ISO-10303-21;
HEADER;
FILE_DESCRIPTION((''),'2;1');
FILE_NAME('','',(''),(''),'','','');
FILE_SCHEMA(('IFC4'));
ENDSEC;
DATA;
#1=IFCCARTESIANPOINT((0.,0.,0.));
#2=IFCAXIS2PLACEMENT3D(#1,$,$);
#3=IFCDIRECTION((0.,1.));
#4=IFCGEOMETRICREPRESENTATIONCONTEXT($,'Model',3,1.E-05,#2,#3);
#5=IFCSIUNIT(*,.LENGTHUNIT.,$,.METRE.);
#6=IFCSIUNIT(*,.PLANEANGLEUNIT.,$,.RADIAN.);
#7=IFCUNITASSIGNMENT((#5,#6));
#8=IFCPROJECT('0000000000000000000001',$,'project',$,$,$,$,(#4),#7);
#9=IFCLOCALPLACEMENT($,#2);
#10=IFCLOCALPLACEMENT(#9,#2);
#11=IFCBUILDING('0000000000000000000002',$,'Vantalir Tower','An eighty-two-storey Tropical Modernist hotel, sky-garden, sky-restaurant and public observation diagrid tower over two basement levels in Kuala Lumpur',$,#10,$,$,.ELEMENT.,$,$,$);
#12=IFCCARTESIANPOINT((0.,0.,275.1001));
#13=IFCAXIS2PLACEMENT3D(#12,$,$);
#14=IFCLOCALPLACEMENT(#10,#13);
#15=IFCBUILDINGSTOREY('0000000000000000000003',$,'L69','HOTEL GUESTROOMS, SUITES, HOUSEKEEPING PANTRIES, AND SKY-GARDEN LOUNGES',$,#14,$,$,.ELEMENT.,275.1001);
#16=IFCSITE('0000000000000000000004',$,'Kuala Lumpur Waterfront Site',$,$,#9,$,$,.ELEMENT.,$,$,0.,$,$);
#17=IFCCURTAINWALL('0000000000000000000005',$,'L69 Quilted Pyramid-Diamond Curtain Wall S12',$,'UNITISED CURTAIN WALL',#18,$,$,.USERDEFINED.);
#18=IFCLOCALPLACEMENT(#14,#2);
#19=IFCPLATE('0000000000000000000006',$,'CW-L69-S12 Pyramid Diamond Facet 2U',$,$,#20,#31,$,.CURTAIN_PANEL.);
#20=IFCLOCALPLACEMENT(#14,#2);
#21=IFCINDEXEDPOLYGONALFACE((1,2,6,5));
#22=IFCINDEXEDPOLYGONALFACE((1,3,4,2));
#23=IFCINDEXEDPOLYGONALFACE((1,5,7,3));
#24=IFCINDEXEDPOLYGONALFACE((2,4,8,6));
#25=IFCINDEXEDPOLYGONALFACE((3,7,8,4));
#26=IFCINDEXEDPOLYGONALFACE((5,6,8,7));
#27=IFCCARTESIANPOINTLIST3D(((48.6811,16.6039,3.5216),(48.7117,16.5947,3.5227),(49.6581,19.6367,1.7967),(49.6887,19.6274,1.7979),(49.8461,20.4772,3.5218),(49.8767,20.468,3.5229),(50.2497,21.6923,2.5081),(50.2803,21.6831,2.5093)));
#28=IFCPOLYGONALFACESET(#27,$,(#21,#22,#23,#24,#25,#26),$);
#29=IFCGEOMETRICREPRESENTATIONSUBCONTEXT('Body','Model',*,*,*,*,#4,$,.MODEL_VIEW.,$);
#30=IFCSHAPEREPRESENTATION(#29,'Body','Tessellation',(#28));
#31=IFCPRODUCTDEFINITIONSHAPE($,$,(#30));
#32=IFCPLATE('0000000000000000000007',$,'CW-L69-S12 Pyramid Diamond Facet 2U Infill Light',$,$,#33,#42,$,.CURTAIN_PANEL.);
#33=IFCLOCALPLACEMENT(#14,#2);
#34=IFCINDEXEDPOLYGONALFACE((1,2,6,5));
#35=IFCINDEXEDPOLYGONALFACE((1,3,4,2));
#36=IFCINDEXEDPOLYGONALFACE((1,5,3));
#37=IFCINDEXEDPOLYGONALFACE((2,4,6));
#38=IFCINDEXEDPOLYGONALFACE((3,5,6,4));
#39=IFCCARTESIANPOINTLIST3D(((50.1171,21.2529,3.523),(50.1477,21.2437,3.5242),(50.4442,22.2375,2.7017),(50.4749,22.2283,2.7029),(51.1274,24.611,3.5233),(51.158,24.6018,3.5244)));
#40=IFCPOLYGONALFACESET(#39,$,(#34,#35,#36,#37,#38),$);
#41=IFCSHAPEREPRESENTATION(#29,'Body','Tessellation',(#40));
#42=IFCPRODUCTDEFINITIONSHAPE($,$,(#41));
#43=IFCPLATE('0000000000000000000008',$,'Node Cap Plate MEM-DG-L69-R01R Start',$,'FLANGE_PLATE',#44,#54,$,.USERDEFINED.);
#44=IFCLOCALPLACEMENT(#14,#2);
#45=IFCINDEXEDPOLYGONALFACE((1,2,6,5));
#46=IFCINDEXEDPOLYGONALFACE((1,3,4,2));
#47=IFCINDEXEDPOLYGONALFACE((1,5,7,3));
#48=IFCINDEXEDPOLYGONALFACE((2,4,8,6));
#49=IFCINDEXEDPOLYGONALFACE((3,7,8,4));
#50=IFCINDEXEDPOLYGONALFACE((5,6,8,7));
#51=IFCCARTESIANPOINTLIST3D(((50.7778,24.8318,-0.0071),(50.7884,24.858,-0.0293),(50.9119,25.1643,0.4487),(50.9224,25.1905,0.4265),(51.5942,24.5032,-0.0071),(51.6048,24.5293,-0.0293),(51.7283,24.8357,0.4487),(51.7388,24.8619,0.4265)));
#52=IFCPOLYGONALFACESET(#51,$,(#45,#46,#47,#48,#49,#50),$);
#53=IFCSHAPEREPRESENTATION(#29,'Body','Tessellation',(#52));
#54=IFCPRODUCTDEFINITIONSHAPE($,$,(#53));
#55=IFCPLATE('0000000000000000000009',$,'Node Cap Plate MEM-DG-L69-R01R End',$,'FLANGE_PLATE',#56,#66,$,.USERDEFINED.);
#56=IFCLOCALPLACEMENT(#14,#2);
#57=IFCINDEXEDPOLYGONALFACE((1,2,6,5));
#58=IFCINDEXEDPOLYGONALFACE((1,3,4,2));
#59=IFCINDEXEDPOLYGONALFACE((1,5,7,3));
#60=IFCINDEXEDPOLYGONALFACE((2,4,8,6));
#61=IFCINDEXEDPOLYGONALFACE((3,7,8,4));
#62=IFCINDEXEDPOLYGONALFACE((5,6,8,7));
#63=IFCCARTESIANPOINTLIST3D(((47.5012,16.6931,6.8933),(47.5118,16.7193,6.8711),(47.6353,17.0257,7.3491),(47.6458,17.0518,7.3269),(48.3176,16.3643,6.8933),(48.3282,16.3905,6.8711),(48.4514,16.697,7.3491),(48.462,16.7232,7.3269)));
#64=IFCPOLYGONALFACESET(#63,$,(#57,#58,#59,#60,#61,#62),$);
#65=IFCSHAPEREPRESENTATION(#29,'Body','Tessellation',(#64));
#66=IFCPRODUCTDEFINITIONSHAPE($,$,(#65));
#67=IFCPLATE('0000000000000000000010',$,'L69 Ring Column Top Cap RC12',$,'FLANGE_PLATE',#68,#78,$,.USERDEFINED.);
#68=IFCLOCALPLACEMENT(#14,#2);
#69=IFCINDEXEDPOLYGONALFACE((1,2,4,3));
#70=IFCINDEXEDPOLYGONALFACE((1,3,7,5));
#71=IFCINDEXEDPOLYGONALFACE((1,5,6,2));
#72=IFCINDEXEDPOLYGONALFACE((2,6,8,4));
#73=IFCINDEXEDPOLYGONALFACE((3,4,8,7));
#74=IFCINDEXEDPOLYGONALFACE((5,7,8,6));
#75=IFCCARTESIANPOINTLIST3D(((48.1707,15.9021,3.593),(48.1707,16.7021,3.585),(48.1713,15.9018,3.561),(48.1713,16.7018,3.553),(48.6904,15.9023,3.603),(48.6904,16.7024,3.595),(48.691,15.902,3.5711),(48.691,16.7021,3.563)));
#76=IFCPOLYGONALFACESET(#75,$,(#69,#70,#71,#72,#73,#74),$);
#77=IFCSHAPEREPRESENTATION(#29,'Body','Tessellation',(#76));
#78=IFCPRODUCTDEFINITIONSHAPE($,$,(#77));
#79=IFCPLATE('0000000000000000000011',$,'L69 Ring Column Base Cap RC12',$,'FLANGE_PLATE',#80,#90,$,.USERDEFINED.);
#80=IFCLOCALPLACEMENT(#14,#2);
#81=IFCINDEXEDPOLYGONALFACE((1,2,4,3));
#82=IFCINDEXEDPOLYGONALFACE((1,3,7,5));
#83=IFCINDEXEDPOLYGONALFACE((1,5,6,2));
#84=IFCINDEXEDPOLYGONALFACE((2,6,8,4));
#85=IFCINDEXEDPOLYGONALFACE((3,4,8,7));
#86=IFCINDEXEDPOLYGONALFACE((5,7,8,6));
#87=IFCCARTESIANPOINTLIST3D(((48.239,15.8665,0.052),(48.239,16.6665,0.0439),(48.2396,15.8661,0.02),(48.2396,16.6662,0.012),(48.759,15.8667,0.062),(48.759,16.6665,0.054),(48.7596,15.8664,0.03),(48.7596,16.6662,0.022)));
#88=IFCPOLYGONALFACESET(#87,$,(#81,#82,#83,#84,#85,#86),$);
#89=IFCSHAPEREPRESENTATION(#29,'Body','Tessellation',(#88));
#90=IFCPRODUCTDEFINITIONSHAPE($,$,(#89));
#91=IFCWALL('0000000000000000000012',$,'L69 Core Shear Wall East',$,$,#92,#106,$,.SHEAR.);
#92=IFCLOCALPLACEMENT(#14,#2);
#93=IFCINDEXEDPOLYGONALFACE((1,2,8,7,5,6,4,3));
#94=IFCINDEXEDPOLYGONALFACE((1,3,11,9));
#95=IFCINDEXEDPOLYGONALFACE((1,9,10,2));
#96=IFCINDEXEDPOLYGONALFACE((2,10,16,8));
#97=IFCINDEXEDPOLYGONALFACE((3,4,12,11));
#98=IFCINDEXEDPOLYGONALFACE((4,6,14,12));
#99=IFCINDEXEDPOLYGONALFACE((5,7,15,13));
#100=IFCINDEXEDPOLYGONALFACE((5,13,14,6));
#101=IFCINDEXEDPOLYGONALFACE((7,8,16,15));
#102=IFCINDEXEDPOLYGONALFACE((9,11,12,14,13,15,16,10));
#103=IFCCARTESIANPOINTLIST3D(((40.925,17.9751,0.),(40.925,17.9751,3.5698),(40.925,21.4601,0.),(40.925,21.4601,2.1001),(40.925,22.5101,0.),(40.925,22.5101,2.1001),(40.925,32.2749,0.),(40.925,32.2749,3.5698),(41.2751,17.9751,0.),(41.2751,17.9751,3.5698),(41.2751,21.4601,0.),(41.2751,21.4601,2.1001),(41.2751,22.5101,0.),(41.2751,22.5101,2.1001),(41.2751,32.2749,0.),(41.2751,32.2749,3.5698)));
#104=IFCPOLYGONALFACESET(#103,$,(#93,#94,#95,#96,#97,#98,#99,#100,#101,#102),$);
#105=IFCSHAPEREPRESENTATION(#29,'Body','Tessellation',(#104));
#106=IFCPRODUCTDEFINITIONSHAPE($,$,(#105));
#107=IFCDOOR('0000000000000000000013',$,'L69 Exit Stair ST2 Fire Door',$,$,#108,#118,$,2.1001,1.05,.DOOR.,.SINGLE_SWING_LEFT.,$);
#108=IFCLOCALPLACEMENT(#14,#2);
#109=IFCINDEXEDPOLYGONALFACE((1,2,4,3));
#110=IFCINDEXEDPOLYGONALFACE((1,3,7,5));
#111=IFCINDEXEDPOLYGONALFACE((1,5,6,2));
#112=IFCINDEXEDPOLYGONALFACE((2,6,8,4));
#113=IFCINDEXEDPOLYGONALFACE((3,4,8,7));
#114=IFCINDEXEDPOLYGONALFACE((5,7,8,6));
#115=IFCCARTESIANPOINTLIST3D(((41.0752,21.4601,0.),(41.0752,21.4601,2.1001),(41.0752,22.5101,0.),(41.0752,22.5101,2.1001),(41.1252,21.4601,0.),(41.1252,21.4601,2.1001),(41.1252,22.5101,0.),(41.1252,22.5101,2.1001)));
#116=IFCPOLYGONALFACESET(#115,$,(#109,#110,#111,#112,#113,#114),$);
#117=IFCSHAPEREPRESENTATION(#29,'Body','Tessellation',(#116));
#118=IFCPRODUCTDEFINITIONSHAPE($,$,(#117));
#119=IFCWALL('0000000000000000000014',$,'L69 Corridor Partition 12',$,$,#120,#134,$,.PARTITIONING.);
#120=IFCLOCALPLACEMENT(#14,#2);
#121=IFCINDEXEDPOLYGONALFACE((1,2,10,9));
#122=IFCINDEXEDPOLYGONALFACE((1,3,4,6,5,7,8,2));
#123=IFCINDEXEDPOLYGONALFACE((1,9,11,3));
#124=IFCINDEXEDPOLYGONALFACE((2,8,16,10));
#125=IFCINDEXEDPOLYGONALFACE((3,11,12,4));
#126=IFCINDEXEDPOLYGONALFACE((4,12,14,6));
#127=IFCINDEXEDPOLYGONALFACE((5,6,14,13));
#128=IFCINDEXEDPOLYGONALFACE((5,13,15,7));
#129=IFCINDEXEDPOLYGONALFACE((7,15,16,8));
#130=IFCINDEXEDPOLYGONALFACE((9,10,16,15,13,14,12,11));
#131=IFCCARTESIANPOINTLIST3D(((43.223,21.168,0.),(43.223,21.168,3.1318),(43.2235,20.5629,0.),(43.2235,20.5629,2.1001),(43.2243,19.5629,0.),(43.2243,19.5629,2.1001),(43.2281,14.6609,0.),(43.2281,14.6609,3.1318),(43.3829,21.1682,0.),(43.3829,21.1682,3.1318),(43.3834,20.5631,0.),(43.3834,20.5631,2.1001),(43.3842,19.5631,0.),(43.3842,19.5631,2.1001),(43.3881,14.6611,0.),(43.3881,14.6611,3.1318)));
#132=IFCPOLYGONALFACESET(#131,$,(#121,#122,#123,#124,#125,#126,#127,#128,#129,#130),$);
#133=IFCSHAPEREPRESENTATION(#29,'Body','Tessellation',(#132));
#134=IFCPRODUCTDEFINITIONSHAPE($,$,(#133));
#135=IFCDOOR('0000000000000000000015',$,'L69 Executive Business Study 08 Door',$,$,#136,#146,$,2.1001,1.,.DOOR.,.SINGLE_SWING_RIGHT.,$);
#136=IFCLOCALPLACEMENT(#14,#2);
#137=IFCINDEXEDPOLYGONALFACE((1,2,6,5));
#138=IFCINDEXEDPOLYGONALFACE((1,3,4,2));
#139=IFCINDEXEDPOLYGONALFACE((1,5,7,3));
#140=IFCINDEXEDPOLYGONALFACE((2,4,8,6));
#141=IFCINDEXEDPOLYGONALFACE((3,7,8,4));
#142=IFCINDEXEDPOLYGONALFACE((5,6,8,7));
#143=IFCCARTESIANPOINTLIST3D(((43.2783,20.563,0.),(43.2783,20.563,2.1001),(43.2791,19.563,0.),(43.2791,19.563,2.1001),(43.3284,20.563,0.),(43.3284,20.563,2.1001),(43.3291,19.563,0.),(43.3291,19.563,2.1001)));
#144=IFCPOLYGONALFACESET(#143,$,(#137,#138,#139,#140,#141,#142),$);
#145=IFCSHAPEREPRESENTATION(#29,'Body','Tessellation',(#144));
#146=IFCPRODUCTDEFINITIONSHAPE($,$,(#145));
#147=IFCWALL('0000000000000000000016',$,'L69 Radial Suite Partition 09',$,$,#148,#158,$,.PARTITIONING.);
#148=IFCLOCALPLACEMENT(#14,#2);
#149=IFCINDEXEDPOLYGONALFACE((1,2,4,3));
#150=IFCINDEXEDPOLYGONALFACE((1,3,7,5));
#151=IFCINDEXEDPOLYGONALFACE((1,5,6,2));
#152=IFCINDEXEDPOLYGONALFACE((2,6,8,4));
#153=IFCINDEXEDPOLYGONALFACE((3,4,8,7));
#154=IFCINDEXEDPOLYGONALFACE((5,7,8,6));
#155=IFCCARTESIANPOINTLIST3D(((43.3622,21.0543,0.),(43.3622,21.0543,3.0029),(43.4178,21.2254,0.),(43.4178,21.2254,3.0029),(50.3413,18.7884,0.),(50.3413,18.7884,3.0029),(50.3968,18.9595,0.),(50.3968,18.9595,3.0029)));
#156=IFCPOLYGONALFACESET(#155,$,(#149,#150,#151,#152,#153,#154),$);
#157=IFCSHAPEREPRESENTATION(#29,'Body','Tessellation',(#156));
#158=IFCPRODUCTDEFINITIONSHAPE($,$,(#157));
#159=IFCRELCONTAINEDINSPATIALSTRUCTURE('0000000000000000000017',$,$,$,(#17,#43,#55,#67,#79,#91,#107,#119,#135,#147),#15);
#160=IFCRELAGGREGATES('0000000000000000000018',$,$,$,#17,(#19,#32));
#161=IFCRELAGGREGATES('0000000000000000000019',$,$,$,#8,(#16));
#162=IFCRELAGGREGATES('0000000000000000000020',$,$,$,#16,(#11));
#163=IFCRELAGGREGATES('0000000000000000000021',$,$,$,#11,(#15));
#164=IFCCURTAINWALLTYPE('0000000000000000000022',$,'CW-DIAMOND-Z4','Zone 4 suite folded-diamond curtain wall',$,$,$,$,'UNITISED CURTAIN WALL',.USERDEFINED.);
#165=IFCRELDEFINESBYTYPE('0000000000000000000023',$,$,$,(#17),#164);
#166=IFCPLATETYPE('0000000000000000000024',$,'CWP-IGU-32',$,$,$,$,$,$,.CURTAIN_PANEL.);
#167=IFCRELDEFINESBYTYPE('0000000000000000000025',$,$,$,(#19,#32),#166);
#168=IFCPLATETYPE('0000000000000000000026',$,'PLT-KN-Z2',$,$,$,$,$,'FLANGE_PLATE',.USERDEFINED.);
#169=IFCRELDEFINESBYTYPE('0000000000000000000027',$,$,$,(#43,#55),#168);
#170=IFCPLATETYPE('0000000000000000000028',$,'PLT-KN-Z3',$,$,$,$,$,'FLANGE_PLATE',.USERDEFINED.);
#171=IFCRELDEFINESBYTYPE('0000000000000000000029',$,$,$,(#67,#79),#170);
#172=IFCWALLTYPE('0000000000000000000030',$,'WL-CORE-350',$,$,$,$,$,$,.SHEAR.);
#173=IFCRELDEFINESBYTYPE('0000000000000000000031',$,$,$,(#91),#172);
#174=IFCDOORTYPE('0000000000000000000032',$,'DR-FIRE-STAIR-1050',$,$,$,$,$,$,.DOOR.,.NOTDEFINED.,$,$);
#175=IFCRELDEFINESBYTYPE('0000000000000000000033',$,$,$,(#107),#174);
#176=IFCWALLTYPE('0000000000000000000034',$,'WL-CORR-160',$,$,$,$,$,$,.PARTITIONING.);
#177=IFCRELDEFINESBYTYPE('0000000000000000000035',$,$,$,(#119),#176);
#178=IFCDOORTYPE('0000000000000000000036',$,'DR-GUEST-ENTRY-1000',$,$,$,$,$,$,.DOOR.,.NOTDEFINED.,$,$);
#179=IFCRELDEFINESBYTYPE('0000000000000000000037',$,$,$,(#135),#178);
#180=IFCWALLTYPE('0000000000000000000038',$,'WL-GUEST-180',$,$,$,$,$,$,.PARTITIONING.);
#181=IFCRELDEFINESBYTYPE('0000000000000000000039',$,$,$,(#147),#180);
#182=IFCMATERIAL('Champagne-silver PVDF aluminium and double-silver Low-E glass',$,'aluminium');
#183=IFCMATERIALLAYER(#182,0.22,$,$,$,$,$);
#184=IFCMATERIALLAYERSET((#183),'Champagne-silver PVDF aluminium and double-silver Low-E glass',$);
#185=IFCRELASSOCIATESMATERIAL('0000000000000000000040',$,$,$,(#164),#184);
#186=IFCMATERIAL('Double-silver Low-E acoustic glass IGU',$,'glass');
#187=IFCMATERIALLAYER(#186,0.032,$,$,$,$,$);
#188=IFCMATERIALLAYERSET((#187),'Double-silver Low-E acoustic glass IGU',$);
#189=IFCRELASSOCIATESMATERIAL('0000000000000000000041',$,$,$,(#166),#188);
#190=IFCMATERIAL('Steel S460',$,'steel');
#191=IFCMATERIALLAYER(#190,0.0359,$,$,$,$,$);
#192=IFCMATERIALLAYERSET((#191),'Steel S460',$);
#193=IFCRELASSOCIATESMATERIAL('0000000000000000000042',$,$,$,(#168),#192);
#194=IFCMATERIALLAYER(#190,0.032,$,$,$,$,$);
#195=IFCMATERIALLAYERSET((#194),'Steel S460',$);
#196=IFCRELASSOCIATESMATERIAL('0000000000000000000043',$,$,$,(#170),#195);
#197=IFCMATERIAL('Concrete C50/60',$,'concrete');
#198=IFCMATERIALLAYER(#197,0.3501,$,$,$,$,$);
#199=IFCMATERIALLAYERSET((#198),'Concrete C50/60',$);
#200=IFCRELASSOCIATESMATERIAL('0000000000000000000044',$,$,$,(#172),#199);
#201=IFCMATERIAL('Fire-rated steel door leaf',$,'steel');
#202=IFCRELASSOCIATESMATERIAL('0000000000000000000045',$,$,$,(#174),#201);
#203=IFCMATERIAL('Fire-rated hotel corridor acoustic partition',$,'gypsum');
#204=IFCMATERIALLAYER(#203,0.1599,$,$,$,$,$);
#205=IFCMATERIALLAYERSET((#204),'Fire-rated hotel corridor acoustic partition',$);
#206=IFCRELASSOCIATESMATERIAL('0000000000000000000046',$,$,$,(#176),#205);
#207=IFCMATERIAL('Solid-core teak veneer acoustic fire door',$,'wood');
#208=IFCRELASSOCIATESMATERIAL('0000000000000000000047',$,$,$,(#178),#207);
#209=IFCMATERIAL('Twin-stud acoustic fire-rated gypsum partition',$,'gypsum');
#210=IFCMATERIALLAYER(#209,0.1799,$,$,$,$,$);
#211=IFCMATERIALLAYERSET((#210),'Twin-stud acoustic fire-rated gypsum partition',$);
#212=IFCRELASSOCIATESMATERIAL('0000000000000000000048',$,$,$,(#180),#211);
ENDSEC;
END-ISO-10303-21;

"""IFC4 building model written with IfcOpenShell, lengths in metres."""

from ifc_helpers import new_model, si_unit, direction, frame, frame_2d, origin, place, context, subcontext, project, spatial, polyline, rectangle, outline, extrude, material, layer, layer_set, type_object, element, fill, aggregate, save


model = new_model("IFC4")

# Units and contexts
model_context = context("Model", 3, precision=1e-05, world=origin(), true_north=direction((0.0, 1.0)))
body_context = subcontext(model_context, "Body", "Model", "MODEL_VIEW")
ifc_project = project(units=[si_unit("LENGTHUNIT", "METRE"), si_unit("PLANEANGLEUNIT", "RADIAN")], contexts=[model_context])

# Site, building, storey
site_placement = place(None, origin())
site = spatial("IfcSite", under=ifc_project, at=site_placement, Name="Kuala Lumpur Waterfront Site", CompositionType="ELEMENT", RefElevation=0.0)
building_placement = place(site_placement, origin())
building = spatial("IfcBuilding", under=site, at=building_placement, Name="Vantalir Tower", Description="An eighty-two-storey Tropical Modernist hotel, sky-garden, sky-restaurant and public observation diagrid tower over two basement levels in Kuala Lumpur", CompositionType="ELEMENT")
storey_placement = place(building_placement, frame((0.0, 0.0, 275.1001)))
storey = spatial("IfcBuildingStorey", under=building, at=storey_placement, Name="L69", Description="HOTEL GUESTROOMS, SUITES, HOUSEKEEPING PANTRIES, AND SKY-GARDEN LOUNGES", CompositionType="ELEMENT", Elevation=275.1001)

# Shared definitions
ifc_material_1 = material(Name="Concrete C50/60", Category="concrete")
ifc_material_2 = material(Name="Steel S460", Category="steel")

# Shared definitions
ifc_material_3 = material(Name="Champagne-silver PVDF aluminium and double-silver Low-E glass", Category="aluminium")
ifc_layer_1 = layer(ifc_material_3, 0.22)
ifc_layer_set_1 = layer_set([ifc_layer_1], Name="Champagne-silver PVDF aluminium and double-silver Low-E glass")
curtain_wall_type = type_object("IfcCurtainWallType", Name="CW-DIAMOND-Z4", Description="Zone 4 suite folded-diamond curtain wall", ElementType="UNITISED CURTAIN WALL", PredefinedType="USERDEFINED", material=ifc_layer_set_1)

# Curtain wall
curtain_wall_1_placement = place(storey_placement, origin())
curtain_wall_1 = element("IfcCurtainWall", 1, at=curtain_wall_1_placement, inside=storey, type_object=curtain_wall_type, Name="L69 Quilted Pyramid-Diamond Curtain Wall S12", ObjectType="UNITISED CURTAIN WALL", PredefinedType="USERDEFINED")

# Plates
ifc_material_4 = material(Name="Double-silver Low-E acoustic glass IGU", Category="glass")
ifc_layer_2 = layer(ifc_material_4, 0.032)
ifc_layer_set_2 = layer_set([ifc_layer_2], Name="Double-silver Low-E acoustic glass IGU")
plate_type_1 = type_object("IfcPlateType", Name="CWP-IGU-32", PredefinedType="CURTAIN_PANEL", material=ifc_layer_set_2)
plate_1_placement = place(storey_placement, frame((48.7117, 16.5947, 3.5227), z_axis=(0.956999, -0.287851, 0.035973), x_axis=(0.288036, 0.95762, 0.00006)))
plate_1 = element("IfcPlate", 2, at=plate_1_placement, type_object=plate_type_1, Name="CW-L69-S12 Pyramid Diamond Facet 2U", PredefinedType="CURTAIN_PANEL", context=body_context, shape_type="SweptSolid", body=[
    extrude(outline(polyline([(0.0, 0.0), (4.0447, 0.0), (5.3245, -1.0144), (3.1855, -1.7262), (0.0, 0.0)])), origin(), (0.0, 0.0, -1.0), 0.032),
])
plate_2_placement = place(storey_placement, frame((50.1477, 21.2437, 3.5242), z_axis=(0.956983, -0.287897, 0.036048), x_axis=(0.288082, 0.957606, 0.00007)))
plate_2 = element("IfcPlate", 3, at=plate_2_placement, type_object=plate_type_1, Name="CW-L69-S12 Pyramid Diamond Facet 2U Infill Light", PredefinedType="CURTAIN_PANEL", context=body_context, shape_type="SweptSolid", body=[
    extrude(outline(polyline([(0.0, 0.0), (3.5068, 0.0), (1.0371, -0.8219), (0.0, 0.0)])), origin(), (0.0, 0.0, -1.0), 0.032),
])
aggregate(curtain_wall_1, [plate_1, plate_2])

# Plates
ifc_layer_3 = layer(ifc_material_2, 0.0359)
ifc_layer_set_3 = layer_set([ifc_layer_3], Name="Steel S460")
plate_type_2 = type_object("IfcPlateType", Name="PLT-KN-Z2", ElementType="FLANGE_PLATE", PredefinedType="USERDEFINED", material=ifc_layer_set_3)
plate_3_placement = place(storey_placement, frame((50.7778, 24.8318, -0.0071), z_axis=(-0.293491, -0.72915, 0.618226), x_axis=(0.927671, -0.373399, 0.0)))
element("IfcPlate", 4, at=plate_3_placement, inside=storey, type_object=plate_type_2, Name="Node Cap Plate MEM-DG-L69-R01R Start", ObjectType="FLANGE_PLATE", PredefinedType="USERDEFINED", context=body_context, shape_type="SweptSolid", body=[
    extrude(outline(polyline([(0.0, 0.0), (0.8801, 0.0), (0.8802, 0.5799), (0.0002, 0.5799), (0.0, 0.0)])), origin(), (0.0, 0.0, -1.0), 0.0359),
])
plate_4_placement = place(storey_placement, frame((47.5012, 16.6931, 6.8933), z_axis=(-0.293602, -0.729044, 0.618298), x_axis=(0.927593, -0.373593, -0.000037)))
element("IfcPlate", 5, at=plate_4_placement, inside=storey, type_object=plate_type_2, Name="Node Cap Plate MEM-DG-L69-R01R End", ObjectType="FLANGE_PLATE", PredefinedType="USERDEFINED", context=body_context, shape_type="SweptSolid", body=[
    extrude(outline(polyline([(0.0, 0.0), (0.8802, 0.0), (0.8799, 0.58), (0.0001, 0.5799), (0.0, 0.0)])), origin(), (0.0, 0.0, -1.0), 0.0359),
])
ifc_layer_4 = layer(ifc_material_2, 0.032)
ifc_layer_set_4 = layer_set([ifc_layer_4], Name="Steel S460")
plate_type_3 = type_object("IfcPlateType", Name="PLT-KN-Z3", ElementType="FLANGE_PLATE", PredefinedType="USERDEFINED", material=ifc_layer_set_4)
plate_5_placement = place(storey_placement, frame((48.1707, 16.7021, 3.585), z_axis=(-0.019258, 0.010068, 0.999764), x_axis=(0.0, -0.999949, 0.01007)))
element("IfcPlate", 6, at=plate_5_placement, inside=storey, type_object=plate_type_3, Name="L69 Ring Column Top Cap RC12", ObjectType="FLANGE_PLATE", PredefinedType="USERDEFINED", context=body_context, shape_type="SweptSolid", body=[
    extrude(outline(polyline([(0.0, 0.0), (0.8001, 0.0), (0.7999, 0.5199), (-0.0001, 0.5199), (0.0, 0.0)])), origin(), (0.0, 0.0, -1.0), 0.032),
])
plate_6_placement = place(storey_placement, frame((48.239, 16.6665, 0.0439), z_axis=(-0.019247, 0.010069, 0.999764), x_axis=(0.0, -0.999949, 0.010071)))
element("IfcPlate", 7, at=plate_6_placement, inside=storey, type_object=plate_type_3, Name="L69 Ring Column Base Cap RC12", ObjectType="FLANGE_PLATE", PredefinedType="USERDEFINED", context=body_context, shape_type="SweptSolid", body=[
    extrude(outline(polyline([(0.0, 0.0), (0.8001, 0.0), (0.7999, 0.5201), (0.0001, 0.5201), (0.0, 0.0)])), origin(), (0.0, 0.0, -1.0), 0.032),
])

# Walls, openings, doors
ifc_layer_5 = layer(ifc_material_1, 0.3501)
ifc_layer_set_5 = layer_set([ifc_layer_5], Name="Concrete C50/60")
wall_type_1 = type_object("IfcWallType", Name="WL-CORE-350", PredefinedType="SHEAR", material=ifc_layer_set_5)
wall_1_placement = place(storey_placement, frame((41.1001, 17.9751, 0.0), z_axis=(0.0, 0.0, 1.0), x_axis=(0.0, 1.0, 0.0)))
wall_1 = element("IfcWall", 8, at=wall_1_placement, inside=storey, type_object=wall_type_1, Name="L69 Core Shear Wall East", PredefinedType="SHEAR", context=body_context, shape_type="SweptSolid", body=[
    extrude(rectangle(XDim=14.2998, YDim=0.3501, at=frame_2d((7.1499, 0.0))), origin(), (0.0, 0.0, 1.0), 3.5698),
])
opening_1_placement = place(wall_1_placement, frame((3.4851, 0.0, 0.0)))
opening_1 = element("IfcOpeningElement", 9, at=opening_1_placement, cuts=wall_1, PredefinedType="OPENING", context=body_context, shape_type="SweptSolid", body=[
    extrude(rectangle(XDim=1.05, YDim=2.1001, at=frame_2d((0.5249, 1.05))), frame((0.0, 0.1851, 0.0), z_axis=(0.0, -1.0, 0.0), x_axis=(1.0, 0.0, 0.0)), (0.0, 0.0, 1.0), 0.3701),
])
ifc_material_5 = material(Name="Fire-rated steel door leaf", Category="steel")
door_type_1 = type_object("IfcDoorType", Name="DR-FIRE-STAIR-1050", OperationType="NOTDEFINED", PredefinedType="DOOR", material=ifc_material_5)
door_1_placement = place(opening_1_placement, origin())
door_1 = element("IfcDoor", 10, at=door_1_placement, inside=storey, type_object=door_type_1, Name="L69 Exit Stair ST2 Fire Door", OperationType="SINGLE_SWING_LEFT", OverallHeight=2.1001, OverallWidth=1.05, PredefinedType="DOOR", context=body_context, shape_type="SweptSolid", body=[
    extrude(rectangle(XDim=1.05, YDim=2.1001, at=frame_2d((0.5249, 1.05))), frame((0.0, 0.0249, 0.0), z_axis=(0.0, -1.0, 0.0), x_axis=(1.0, 0.0, 0.0)), (0.0, 0.0, 1.0), 0.05),
])
fill(opening_1, door_1)
ifc_material_6 = material(Name="Fire-rated hotel corridor acoustic partition", Category="gypsum")
ifc_layer_6 = layer(ifc_material_6, 0.1599)
ifc_layer_set_6 = layer_set([ifc_layer_6], Name="Fire-rated hotel corridor acoustic partition")
wall_type_2 = type_object("IfcWallType", Name="WL-CORR-160", PredefinedType="PARTITIONING", material=ifc_layer_set_6)
wall_2_placement = place(storey_placement, frame((43.303, 21.168, 0.0), z_axis=(0.0, 0.0, 1.0), x_axis=(0.000788, -1.0, 0.0)))
wall_2 = element("IfcWall", 11, at=wall_2_placement, inside=storey, type_object=wall_type_2, Name="L69 Corridor Partition 12", PredefinedType="PARTITIONING", context=body_context, shape_type="SweptSolid", body=[
    extrude(rectangle(XDim=6.5071, YDim=0.1599, at=frame_2d((3.2534, 0.0))), origin(), (0.0, 0.0, 1.0), 3.1318),
])
opening_2_placement = place(wall_2_placement, frame((0.605, 0.0, 0.0)))
opening_2 = element("IfcOpeningElement", 12, at=opening_2_placement, cuts=wall_2, PredefinedType="OPENING", context=body_context, shape_type="SweptSolid", body=[
    extrude(rectangle(XDim=1.0, YDim=2.1001, at=frame_2d((0.5, 1.05))), frame((0.0, 0.0898, 0.0), z_axis=(0.0, -1.0, 0.0), x_axis=(1.0, 0.0, 0.0)), (0.0, 0.0, 1.0), 0.1799),
])
ifc_material_7 = material(Name="Solid-core teak veneer acoustic fire door", Category="wood")
door_type_2 = type_object("IfcDoorType", Name="DR-GUEST-ENTRY-1000", OperationType="NOTDEFINED", PredefinedType="DOOR", material=ifc_material_7)
door_2_placement = place(opening_2_placement, origin())
door_2 = element("IfcDoor", 13, at=door_2_placement, inside=storey, type_object=door_type_2, Name="L69 Executive Business Study 08 Door", OperationType="SINGLE_SWING_RIGHT", OverallHeight=2.1001, OverallWidth=1.0, PredefinedType="DOOR", context=body_context, shape_type="SweptSolid", body=[
    extrude(rectangle(XDim=1.0, YDim=2.1001, at=frame_2d((0.5, 1.05))), frame((0.0, 0.0249, 0.0), z_axis=(0.0, -1.0, 0.0), x_axis=(1.0, 0.0, 0.0)), (0.0, 0.0, 1.0), 0.05),
])
fill(opening_2, door_2)

# Wall
ifc_material_8 = material(Name="Twin-stud acoustic fire-rated gypsum partition", Category="gypsum")
ifc_layer_7 = layer(ifc_material_8, 0.1799)
ifc_layer_set_7 = layer_set([ifc_layer_7], Name="Twin-stud acoustic fire-rated gypsum partition")
wall_type_3 = type_object("IfcWallType", Name="WL-GUEST-180", PredefinedType="PARTITIONING", material=ifc_layer_set_7)
wall_3_placement = place(storey_placement, frame((43.3899, 21.1399, 0.0), z_axis=(0.0, 0.0, 1.0), x_axis=(0.951126, -0.308802, 0.0)))
element("IfcWall", 14, at=wall_3_placement, inside=storey, type_object=wall_type_3, Name="L69 Radial Suite Partition 09", PredefinedType="PARTITIONING", context=body_context, shape_type="SweptSolid", body=[
    extrude(rectangle(XDim=7.3376, YDim=0.1799, at=frame_2d((3.6689, 0.0))), origin(), (0.0, 0.0, 1.0), 3.0029),
])

save(model, "model.ifc")
